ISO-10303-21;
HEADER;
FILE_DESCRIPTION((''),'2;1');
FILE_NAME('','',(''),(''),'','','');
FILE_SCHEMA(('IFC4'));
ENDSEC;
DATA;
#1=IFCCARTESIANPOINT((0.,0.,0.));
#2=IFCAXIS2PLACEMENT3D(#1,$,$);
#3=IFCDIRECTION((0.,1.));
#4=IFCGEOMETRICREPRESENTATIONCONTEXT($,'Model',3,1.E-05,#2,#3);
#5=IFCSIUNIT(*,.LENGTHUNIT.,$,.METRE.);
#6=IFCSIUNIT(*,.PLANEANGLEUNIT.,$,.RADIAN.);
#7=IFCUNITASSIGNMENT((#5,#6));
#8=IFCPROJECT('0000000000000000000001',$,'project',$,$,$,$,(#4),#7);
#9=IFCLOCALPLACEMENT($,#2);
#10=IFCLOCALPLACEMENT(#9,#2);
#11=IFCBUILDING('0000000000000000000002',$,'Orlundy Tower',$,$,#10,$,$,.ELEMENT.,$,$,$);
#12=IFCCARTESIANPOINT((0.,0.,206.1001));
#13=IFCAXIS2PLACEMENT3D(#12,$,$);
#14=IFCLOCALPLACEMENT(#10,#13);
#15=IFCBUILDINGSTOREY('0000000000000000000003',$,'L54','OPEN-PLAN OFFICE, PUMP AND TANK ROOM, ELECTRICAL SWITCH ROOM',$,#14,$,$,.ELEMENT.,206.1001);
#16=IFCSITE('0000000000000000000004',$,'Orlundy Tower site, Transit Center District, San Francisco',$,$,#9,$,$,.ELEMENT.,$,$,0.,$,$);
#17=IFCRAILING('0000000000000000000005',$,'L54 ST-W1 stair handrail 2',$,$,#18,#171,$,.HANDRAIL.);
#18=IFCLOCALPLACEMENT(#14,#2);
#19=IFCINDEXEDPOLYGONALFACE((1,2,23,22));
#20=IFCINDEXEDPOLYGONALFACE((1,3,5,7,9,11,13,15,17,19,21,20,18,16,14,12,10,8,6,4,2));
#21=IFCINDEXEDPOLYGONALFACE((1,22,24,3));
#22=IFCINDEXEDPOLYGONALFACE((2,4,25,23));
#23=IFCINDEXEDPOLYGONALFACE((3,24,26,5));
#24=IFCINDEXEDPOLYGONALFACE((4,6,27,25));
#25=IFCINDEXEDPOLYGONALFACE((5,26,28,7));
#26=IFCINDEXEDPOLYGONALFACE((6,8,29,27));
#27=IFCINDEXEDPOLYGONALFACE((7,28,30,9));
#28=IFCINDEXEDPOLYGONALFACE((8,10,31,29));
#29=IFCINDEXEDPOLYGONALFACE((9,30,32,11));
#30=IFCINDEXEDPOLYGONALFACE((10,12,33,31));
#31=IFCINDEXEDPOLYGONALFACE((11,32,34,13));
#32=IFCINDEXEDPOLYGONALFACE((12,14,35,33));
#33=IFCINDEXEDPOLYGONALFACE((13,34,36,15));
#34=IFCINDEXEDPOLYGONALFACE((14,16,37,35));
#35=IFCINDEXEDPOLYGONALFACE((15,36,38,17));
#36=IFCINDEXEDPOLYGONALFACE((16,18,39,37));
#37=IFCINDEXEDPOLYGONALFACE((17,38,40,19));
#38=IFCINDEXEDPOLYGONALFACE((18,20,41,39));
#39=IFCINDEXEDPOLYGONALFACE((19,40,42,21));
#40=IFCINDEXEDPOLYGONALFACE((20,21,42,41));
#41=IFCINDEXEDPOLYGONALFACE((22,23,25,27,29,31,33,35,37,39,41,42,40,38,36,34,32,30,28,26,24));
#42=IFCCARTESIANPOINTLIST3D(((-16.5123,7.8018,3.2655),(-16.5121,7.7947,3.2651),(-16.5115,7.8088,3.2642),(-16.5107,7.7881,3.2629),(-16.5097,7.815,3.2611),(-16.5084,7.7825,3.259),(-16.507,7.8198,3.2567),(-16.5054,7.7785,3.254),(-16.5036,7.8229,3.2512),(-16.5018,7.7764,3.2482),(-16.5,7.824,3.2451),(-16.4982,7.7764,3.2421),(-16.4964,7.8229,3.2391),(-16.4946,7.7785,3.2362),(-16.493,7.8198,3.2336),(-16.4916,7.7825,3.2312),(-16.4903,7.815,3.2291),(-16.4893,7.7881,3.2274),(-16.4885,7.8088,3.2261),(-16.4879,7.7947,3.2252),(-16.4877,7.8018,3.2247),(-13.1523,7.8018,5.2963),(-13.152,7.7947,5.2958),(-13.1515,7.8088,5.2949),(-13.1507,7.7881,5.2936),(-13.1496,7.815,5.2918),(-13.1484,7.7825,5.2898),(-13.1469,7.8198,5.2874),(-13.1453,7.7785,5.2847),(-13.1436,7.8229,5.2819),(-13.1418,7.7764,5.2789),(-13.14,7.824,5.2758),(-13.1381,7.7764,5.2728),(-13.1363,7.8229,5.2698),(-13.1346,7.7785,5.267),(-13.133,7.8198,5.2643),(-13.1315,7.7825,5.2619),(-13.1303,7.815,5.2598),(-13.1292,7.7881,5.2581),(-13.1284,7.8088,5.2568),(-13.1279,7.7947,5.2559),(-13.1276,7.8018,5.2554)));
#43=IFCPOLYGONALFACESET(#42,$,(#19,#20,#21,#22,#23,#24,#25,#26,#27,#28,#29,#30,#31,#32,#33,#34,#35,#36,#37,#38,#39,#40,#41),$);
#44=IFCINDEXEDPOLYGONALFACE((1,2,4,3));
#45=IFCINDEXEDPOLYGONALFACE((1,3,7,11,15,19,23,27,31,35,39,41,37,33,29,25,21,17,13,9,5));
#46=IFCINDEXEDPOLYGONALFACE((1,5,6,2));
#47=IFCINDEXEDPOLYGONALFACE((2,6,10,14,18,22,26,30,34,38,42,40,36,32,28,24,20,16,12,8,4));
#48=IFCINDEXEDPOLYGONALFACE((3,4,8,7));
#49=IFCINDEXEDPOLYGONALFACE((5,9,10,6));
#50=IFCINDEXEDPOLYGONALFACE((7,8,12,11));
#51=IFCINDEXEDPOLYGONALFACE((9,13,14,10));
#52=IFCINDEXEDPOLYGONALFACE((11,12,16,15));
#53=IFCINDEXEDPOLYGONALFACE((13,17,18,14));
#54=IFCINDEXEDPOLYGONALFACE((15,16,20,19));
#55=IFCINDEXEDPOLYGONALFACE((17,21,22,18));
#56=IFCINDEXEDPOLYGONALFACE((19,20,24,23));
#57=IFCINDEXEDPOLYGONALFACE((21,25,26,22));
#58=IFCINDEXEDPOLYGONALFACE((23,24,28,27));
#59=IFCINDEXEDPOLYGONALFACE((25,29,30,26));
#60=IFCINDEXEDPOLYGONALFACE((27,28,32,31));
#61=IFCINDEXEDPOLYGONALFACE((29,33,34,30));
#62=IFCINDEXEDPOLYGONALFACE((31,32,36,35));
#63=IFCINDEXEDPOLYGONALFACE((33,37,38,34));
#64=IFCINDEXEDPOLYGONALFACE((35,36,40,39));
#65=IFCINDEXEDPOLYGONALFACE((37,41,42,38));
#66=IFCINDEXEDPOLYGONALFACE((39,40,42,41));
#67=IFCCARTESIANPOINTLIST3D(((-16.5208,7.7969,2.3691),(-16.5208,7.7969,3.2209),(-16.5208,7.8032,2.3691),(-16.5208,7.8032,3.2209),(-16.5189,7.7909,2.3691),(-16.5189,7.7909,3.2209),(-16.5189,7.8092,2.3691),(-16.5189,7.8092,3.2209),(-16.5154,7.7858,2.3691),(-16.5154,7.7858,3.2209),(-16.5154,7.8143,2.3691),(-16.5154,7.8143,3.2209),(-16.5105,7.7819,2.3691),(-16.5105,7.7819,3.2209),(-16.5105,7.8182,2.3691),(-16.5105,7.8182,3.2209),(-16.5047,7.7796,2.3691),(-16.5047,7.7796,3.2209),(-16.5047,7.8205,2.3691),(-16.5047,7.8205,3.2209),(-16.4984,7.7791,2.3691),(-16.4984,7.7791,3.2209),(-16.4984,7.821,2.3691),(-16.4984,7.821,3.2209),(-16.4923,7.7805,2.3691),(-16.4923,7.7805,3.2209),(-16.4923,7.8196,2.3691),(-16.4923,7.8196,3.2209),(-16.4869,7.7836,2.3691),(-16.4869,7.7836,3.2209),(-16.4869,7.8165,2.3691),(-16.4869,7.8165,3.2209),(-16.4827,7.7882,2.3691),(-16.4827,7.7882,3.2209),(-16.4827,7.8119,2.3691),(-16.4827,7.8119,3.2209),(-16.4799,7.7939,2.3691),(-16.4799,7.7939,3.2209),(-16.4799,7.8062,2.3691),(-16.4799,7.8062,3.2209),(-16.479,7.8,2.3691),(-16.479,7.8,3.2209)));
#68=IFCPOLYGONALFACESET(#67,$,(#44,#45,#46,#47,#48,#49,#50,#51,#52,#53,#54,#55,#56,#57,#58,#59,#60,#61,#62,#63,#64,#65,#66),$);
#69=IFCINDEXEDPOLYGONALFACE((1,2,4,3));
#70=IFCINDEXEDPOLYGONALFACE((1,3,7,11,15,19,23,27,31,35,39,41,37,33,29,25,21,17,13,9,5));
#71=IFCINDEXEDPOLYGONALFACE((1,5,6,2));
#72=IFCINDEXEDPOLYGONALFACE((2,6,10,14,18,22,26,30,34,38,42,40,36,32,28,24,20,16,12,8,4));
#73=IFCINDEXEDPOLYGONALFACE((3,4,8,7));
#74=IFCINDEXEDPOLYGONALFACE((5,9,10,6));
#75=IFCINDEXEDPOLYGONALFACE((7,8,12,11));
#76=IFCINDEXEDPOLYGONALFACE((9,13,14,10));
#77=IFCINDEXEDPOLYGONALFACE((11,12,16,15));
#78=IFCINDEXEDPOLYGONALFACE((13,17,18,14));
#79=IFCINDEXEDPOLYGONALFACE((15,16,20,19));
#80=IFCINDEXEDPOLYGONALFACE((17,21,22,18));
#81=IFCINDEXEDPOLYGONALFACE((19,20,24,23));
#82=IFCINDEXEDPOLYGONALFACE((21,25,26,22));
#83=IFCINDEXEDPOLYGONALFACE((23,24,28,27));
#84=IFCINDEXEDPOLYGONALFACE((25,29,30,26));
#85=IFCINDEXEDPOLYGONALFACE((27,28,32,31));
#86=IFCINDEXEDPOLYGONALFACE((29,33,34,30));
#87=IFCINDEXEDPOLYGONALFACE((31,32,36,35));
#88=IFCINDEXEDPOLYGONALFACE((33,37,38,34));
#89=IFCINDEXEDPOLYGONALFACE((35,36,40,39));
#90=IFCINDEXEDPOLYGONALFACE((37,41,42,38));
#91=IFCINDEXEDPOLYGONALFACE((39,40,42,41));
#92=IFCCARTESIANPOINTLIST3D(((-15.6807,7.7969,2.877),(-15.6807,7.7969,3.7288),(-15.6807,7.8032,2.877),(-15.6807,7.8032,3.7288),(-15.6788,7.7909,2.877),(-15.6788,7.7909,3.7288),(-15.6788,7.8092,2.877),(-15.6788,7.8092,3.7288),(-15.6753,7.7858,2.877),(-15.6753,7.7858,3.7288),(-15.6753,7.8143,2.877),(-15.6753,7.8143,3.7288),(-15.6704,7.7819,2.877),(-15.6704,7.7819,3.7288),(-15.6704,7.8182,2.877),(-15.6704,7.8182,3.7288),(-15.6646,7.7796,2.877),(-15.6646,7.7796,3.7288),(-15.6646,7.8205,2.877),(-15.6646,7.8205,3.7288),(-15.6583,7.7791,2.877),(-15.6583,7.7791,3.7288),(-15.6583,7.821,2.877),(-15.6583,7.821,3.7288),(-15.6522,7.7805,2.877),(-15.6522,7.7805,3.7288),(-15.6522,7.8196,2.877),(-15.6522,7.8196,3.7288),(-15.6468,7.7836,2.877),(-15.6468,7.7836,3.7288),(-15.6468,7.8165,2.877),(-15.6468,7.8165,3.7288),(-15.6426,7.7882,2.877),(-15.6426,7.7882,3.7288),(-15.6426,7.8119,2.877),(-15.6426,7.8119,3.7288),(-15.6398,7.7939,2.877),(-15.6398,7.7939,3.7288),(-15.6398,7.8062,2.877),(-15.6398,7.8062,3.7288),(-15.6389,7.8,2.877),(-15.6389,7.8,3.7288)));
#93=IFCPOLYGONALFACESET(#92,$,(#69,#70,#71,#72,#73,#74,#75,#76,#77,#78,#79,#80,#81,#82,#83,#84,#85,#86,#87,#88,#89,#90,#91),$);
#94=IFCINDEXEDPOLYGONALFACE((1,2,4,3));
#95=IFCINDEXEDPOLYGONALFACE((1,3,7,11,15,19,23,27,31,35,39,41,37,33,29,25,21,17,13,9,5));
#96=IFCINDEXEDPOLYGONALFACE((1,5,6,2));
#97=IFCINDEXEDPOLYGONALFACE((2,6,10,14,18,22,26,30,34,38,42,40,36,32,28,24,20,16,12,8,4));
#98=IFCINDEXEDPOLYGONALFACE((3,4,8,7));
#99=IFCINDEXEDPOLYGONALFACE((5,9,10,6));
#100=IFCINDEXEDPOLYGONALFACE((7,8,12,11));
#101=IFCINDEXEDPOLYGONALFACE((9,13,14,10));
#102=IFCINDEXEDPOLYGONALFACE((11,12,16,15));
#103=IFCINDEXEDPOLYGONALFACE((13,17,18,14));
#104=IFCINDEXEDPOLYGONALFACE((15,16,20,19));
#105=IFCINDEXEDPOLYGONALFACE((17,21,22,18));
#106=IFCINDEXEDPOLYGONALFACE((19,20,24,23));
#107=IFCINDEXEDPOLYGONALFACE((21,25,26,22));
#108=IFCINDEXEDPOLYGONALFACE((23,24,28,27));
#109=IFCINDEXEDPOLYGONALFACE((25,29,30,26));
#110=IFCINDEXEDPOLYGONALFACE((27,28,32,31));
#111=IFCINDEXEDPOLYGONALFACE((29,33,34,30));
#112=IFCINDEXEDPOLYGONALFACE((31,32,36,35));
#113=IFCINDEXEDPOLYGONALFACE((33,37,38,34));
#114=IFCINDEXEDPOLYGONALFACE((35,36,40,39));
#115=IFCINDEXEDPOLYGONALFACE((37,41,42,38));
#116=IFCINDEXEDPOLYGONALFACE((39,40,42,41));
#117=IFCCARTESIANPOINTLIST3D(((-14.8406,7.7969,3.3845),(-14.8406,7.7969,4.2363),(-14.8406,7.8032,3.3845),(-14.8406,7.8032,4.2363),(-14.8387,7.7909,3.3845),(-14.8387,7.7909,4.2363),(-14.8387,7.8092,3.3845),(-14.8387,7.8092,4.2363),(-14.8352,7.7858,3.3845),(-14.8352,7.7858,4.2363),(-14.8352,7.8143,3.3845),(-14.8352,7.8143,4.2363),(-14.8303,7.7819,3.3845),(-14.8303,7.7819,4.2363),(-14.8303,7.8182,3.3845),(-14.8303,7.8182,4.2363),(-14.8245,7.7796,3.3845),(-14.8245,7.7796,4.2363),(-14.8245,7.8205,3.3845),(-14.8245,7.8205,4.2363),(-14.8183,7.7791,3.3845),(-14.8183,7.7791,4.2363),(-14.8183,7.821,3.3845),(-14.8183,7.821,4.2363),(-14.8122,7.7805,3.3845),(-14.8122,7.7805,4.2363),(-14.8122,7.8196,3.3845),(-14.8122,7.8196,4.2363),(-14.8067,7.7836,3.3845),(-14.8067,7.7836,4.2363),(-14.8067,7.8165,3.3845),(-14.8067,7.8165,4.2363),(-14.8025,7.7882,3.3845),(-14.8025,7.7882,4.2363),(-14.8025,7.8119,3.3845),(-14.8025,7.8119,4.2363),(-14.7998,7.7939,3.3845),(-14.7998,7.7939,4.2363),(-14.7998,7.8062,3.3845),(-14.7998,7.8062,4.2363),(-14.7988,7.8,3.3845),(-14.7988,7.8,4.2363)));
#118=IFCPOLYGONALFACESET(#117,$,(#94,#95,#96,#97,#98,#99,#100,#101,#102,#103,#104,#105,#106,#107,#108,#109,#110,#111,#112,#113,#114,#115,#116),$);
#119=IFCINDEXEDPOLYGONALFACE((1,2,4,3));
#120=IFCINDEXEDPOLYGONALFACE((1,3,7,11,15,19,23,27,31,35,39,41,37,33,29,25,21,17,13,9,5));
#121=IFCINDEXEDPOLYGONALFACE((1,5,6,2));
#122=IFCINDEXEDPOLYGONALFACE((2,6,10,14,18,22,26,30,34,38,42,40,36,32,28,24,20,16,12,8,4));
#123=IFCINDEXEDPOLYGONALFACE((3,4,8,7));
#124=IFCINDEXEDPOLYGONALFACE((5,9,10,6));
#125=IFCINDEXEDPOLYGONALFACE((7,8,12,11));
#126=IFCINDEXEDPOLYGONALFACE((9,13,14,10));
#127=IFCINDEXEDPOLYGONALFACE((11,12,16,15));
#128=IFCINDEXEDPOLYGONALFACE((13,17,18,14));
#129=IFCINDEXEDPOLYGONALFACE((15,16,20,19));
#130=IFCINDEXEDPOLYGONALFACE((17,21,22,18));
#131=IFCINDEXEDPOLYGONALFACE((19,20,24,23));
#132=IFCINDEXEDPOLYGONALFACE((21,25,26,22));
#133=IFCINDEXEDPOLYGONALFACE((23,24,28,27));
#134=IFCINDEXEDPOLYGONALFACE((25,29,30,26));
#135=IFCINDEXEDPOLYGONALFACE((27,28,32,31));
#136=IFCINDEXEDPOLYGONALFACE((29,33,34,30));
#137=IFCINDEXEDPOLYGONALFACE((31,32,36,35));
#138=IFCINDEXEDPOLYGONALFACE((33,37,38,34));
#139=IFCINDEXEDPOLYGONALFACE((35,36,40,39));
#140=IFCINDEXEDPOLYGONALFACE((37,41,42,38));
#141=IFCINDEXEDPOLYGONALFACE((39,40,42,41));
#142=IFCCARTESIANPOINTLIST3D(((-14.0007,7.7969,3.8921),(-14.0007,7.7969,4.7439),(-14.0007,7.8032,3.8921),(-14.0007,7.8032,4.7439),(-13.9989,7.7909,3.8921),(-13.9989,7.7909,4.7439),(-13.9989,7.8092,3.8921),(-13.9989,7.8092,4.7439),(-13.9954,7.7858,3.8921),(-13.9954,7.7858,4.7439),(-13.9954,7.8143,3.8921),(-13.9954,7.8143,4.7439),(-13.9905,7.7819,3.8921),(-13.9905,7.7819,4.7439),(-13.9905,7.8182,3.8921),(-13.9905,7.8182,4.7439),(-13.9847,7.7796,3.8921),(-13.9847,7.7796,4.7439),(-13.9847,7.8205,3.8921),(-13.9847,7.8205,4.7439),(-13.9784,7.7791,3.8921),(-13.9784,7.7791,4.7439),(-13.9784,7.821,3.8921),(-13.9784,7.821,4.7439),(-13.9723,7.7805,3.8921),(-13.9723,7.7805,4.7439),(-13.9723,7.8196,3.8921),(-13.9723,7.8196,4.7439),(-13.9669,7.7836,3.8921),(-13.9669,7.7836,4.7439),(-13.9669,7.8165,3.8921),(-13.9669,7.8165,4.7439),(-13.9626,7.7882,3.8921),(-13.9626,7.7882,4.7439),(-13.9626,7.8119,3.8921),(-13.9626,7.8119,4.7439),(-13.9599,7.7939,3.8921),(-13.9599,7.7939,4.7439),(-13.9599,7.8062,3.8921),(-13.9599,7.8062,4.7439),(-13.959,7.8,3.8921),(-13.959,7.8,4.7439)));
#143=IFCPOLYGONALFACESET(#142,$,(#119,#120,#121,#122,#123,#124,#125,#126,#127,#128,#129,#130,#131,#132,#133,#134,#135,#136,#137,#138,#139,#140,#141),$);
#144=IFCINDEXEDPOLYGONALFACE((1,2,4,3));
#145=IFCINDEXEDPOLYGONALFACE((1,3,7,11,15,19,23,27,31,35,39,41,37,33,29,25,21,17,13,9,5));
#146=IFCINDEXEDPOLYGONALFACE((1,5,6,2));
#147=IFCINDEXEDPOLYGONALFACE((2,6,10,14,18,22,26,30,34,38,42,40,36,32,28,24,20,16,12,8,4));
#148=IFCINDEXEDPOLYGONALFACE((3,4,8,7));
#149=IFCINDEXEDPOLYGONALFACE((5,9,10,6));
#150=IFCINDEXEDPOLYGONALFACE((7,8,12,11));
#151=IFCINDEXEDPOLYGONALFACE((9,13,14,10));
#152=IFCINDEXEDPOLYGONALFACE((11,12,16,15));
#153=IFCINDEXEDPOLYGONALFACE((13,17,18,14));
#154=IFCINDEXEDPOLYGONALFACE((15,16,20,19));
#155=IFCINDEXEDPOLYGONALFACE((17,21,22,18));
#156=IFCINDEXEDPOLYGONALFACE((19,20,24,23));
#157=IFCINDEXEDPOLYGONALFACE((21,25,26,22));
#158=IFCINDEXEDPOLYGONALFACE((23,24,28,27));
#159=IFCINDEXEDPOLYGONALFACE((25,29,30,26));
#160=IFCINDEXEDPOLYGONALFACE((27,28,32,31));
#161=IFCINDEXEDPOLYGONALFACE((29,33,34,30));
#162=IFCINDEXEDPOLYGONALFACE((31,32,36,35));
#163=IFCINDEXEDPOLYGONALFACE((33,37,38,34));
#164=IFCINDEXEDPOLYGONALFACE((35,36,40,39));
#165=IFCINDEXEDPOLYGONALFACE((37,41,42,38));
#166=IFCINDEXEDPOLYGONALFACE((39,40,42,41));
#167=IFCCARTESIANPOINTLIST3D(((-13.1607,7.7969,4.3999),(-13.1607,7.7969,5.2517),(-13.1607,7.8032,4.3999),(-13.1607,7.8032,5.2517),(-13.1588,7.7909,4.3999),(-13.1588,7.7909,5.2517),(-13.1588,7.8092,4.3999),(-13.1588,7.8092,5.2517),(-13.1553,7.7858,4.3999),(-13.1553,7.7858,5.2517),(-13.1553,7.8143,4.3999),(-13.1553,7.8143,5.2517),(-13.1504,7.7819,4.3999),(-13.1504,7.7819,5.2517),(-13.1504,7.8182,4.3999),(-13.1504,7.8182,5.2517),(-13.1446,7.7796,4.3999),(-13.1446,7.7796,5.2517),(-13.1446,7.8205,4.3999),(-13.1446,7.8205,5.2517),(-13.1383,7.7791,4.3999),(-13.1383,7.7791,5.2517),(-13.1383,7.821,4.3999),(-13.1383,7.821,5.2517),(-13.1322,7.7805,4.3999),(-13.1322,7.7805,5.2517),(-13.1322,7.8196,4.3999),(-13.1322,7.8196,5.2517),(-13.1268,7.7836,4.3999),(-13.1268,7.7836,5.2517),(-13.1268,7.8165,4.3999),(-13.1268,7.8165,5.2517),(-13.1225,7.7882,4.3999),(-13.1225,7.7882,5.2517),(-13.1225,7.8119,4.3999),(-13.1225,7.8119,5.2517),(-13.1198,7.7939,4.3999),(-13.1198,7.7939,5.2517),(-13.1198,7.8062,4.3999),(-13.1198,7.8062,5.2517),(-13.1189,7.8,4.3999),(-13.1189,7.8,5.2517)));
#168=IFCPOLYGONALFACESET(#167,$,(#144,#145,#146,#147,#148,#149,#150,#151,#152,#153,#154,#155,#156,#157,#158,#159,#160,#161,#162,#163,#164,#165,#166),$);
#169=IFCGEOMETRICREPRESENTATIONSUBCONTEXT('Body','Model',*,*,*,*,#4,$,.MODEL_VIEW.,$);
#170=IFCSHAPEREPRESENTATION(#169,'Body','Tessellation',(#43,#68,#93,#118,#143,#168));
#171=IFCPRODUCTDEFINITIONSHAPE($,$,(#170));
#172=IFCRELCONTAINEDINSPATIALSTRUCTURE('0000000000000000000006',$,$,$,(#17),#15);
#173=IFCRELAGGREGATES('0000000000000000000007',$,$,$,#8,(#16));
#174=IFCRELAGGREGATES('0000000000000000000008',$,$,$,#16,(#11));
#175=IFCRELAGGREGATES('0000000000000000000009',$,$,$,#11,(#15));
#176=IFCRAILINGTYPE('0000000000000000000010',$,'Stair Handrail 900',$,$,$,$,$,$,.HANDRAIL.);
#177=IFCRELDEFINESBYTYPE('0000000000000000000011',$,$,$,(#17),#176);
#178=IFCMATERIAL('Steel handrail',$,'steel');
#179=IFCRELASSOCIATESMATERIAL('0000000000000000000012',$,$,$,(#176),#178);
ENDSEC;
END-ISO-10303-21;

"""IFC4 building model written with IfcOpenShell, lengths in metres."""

from ifc_helpers import new_model, si_unit, direction, frame, origin, origin_2d, place, context, subcontext, project, spatial, circle, extrude, material, type_object, element, save


model = new_model("IFC4")

# Units and contexts
model_context = context("Model", 3, precision=1e-05, world=origin(), true_north=direction((0.0, 1.0)))
body_context = subcontext(model_context, "Body", "Model", "MODEL_VIEW")
ifc_project = project(units=[si_unit("LENGTHUNIT", "METRE"), si_unit("PLANEANGLEUNIT", "RADIAN")], contexts=[model_context])

# Site, building, storey
site_placement = place(None, origin())
site = spatial("IfcSite", under=ifc_project, at=site_placement, Name="Orlundy Tower site, Transit Center District, San Francisco", CompositionType="ELEMENT", RefElevation=0.0)
building_placement = place(site_placement, origin())
building = spatial("IfcBuilding", under=site, at=building_placement, Name="Orlundy Tower", CompositionType="ELEMENT")
storey_placement = place(building_placement, frame((0.0, 0.0, 206.1001)))
storey = spatial("IfcBuildingStorey", under=building, at=storey_placement, Name="L54", Description="OPEN-PLAN OFFICE, PUMP AND TANK ROOM, ELECTRICAL SWITCH ROOM", CompositionType="ELEMENT", Elevation=206.1001)

# Railing
ifc_material_1 = material(Name="Steel handrail", Category="steel")
railing_type = type_object("IfcRailingType", Name="Stair Handrail 900", PredefinedType="HANDRAIL", material=ifc_material_1)
railing_placement = place(storey_placement, frame((-16.5, 7.8, 2.3691)))
element("IfcRailing", 1, at=railing_placement, inside=storey, type_object=railing_type, Name="L54 ST-W1 stair handrail 2", PredefinedType="HANDRAIL", context=body_context, shape_type="SweptSolid", body=[
    extrude(circle(Radius=0.0239, at=origin_2d()), frame((0.0, 0.0, 0.876), z_axis=(0.855837, 0.0, 0.517246), x_axis=(0.0, 1.0, 0.0)), (0.0, 0.0, 1.0), 3.926),
    extrude(circle(Radius=0.021, at=origin_2d()), origin(), (0.0, 0.0, 1.0), 0.8518),
    extrude(circle(Radius=0.021, at=origin_2d()), frame((0.8401, 0.0, 0.5078)), (0.0, 0.0, 1.0), 0.8518),
    extrude(circle(Radius=0.021, at=origin_2d()), frame((1.6802, 0.0, 1.0154)), (0.0, 0.0, 1.0), 0.8518),
    extrude(circle(Radius=0.021, at=origin_2d()), frame((2.52, 0.0, 1.5229)), (0.0, 0.0, 1.0), 0.8518),
    extrude(circle(Radius=0.021, at=origin_2d()), frame((3.3601, 0.0, 2.0308)), (0.0, 0.0, 1.0), 0.8518),
])

save(model, "model.ifc")
